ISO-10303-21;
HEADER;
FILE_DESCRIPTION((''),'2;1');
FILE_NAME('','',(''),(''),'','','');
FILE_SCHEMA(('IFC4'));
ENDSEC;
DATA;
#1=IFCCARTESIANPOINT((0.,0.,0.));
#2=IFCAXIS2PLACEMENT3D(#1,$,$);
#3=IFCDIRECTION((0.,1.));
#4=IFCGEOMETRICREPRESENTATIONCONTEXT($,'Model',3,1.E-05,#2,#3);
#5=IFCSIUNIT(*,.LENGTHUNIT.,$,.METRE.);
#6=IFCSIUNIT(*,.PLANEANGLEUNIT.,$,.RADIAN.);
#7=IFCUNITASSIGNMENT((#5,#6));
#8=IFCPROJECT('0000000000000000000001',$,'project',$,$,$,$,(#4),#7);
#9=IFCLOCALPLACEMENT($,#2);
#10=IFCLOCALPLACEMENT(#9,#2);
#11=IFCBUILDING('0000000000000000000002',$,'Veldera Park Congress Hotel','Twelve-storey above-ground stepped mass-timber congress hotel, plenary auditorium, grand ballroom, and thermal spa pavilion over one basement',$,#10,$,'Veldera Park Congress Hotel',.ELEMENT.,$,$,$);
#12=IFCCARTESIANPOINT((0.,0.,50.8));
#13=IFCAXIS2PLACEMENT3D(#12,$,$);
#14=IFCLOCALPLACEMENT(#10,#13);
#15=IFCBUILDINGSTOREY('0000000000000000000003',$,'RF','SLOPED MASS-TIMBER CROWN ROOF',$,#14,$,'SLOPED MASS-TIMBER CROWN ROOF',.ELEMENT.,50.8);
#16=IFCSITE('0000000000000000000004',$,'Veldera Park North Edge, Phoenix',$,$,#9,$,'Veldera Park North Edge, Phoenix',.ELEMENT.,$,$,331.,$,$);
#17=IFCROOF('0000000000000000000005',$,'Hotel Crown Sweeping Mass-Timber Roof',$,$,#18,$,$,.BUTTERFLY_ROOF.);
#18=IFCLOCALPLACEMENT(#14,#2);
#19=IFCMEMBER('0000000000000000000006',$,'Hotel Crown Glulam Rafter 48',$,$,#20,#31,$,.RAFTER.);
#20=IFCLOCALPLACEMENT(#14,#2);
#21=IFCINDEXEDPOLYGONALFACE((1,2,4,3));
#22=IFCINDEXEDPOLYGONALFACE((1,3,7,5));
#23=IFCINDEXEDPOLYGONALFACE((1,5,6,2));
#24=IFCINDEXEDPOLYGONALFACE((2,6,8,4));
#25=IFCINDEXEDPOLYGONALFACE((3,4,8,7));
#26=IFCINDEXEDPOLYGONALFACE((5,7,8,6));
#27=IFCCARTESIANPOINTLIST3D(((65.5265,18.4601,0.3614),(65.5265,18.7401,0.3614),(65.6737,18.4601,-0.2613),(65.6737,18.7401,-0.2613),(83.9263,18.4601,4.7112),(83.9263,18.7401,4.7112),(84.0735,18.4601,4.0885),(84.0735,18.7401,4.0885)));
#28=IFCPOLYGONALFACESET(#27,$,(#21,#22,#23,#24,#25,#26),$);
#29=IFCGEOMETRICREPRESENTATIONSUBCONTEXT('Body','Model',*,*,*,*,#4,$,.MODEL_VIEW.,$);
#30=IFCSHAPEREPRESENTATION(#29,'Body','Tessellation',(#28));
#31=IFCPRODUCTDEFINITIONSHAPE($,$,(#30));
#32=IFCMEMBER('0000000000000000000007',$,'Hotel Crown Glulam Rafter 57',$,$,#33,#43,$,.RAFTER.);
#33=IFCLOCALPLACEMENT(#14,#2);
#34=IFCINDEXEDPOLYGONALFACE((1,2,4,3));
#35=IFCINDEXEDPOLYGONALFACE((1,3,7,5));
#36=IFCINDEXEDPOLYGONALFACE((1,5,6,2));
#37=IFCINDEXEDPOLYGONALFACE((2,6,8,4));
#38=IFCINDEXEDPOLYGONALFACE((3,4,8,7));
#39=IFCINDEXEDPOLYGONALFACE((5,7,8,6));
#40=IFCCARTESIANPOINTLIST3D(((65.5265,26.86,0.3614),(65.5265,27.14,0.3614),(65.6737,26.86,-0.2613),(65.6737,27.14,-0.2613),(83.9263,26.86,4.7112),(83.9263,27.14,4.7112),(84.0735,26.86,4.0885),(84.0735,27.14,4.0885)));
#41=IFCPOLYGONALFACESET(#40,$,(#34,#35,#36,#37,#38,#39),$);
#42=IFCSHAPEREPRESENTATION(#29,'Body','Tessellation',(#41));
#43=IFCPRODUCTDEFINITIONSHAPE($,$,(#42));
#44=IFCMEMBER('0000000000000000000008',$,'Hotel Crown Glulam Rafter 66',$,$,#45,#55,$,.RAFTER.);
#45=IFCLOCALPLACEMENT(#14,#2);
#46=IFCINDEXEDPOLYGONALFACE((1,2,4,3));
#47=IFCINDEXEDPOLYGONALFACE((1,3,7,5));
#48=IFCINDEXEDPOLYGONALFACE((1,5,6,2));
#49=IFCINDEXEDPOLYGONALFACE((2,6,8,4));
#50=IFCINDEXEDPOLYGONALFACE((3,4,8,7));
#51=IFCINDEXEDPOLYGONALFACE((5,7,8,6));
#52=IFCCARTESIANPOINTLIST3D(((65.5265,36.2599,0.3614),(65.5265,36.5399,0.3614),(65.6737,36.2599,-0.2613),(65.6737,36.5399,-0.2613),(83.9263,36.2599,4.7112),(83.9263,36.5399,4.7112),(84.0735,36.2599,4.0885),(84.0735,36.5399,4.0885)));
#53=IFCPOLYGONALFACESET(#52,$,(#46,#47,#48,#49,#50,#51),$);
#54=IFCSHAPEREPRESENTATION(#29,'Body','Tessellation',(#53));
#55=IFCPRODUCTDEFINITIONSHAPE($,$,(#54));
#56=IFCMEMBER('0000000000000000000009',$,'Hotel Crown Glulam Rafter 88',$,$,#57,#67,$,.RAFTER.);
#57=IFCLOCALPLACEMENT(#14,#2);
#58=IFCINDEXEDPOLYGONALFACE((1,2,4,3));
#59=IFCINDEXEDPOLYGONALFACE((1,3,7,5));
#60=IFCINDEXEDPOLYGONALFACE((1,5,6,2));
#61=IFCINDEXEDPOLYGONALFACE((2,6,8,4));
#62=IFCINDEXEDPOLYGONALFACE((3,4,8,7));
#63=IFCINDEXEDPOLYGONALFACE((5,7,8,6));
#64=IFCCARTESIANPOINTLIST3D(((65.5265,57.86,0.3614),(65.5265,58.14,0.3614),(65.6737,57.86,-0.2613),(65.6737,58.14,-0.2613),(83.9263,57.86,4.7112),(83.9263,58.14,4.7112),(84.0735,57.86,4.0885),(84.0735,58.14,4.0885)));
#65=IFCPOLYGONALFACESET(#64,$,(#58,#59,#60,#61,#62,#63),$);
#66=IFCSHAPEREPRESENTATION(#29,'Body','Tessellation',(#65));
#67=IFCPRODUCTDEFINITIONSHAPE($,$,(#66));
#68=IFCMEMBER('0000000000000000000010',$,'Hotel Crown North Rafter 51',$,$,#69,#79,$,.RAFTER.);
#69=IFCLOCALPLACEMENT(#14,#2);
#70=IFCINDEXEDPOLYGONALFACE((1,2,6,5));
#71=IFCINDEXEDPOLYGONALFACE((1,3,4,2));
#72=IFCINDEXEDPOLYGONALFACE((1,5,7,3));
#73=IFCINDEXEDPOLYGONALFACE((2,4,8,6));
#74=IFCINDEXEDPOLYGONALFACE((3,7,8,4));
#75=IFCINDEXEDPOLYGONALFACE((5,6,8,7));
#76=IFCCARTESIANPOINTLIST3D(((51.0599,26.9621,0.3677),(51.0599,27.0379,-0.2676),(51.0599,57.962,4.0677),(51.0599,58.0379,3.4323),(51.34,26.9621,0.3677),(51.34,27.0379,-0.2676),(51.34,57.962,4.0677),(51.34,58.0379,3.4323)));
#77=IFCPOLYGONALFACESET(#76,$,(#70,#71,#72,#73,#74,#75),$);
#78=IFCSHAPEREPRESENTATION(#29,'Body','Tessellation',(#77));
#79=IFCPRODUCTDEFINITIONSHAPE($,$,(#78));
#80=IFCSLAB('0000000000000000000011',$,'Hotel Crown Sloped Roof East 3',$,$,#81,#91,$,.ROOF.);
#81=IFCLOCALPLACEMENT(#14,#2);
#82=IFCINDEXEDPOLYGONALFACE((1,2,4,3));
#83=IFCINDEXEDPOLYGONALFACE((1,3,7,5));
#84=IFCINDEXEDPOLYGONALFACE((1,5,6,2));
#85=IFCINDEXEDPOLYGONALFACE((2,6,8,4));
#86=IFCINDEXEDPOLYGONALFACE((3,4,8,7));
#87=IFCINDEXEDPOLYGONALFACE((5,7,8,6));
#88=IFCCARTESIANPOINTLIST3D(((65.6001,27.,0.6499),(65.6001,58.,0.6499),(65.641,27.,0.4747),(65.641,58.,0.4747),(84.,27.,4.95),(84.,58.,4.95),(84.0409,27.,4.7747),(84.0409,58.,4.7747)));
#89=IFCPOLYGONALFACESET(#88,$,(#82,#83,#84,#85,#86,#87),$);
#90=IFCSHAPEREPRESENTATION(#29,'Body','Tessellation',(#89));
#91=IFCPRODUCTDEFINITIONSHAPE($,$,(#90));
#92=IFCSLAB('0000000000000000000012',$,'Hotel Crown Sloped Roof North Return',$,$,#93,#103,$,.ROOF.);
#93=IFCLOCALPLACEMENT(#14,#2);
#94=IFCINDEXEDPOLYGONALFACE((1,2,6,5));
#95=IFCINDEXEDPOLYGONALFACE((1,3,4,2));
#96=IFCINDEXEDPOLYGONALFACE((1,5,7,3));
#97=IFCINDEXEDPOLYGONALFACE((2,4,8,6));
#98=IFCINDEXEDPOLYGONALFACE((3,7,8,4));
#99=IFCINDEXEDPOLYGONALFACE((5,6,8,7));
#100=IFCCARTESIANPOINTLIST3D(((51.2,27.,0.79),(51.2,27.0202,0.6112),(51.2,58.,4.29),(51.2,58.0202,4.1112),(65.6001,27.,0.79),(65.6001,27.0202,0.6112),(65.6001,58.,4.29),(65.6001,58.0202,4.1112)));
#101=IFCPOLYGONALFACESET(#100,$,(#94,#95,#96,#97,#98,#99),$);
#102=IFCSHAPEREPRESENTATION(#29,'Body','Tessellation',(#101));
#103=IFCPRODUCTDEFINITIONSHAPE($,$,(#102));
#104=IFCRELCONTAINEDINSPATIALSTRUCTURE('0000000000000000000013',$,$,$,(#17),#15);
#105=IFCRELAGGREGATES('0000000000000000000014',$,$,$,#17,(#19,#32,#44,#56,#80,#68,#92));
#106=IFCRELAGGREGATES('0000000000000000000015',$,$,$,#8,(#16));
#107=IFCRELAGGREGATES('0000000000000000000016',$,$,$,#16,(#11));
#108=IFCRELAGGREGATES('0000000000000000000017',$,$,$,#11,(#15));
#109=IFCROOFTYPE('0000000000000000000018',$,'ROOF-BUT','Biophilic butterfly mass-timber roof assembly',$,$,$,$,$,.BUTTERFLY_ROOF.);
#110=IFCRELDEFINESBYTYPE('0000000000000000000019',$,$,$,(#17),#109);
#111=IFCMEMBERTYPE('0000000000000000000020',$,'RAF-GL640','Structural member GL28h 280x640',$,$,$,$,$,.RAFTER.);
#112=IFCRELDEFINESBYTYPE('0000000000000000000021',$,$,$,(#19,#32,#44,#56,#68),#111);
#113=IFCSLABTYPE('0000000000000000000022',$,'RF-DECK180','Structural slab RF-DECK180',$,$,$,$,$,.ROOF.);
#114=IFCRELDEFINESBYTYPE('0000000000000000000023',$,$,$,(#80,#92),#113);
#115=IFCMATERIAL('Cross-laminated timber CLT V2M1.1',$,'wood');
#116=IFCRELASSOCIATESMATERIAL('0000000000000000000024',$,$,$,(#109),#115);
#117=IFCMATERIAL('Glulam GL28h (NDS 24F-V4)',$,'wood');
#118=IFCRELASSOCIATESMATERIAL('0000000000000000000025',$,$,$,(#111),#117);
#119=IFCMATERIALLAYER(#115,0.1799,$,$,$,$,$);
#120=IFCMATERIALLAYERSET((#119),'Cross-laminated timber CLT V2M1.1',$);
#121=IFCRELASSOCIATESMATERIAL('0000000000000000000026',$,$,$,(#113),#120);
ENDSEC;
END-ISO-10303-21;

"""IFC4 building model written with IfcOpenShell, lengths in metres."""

from ifc_helpers import new_model, si_unit, direction, frame, origin, origin_2d, place, context, subcontext, project, spatial, polyline, rectangle, outline, extrude, material, layer, layer_set, material_profile, profile_set, type_object, element, aggregate, save


model = new_model("IFC4")

# Units and contexts
model_context = context("Model", 3, precision=1e-05, world=origin(), true_north=direction((0.0, 1.0)))
body_context = subcontext(model_context, "Body", "Model", "MODEL_VIEW")
ifc_project = project(units=[si_unit("LENGTHUNIT", "METRE"), si_unit("PLANEANGLEUNIT", "RADIAN")], contexts=[model_context])

# Site, building, storey
site_placement = place(None, origin())
site = spatial("IfcSite", under=ifc_project, at=site_placement, Name="Veldera Park North Edge, Phoenix", LongName="Veldera Park North Edge, Phoenix", CompositionType="ELEMENT", RefElevation=331.0)
building_placement = place(site_placement, origin())
building = spatial("IfcBuilding", under=site, at=building_placement, Name="Veldera Park Congress Hotel", Description="Twelve-storey above-ground stepped mass-timber congress hotel, plenary auditorium, grand ballroom, and thermal spa pavilion over one basement", LongName="Veldera Park Congress Hotel", CompositionType="ELEMENT")
storey_placement = place(building_placement, frame((0.0, 0.0, 50.8)))
storey = spatial("IfcBuildingStorey", under=building, at=storey_placement, Name="RF", Description="SLOPED MASS-TIMBER CROWN ROOF", LongName="SLOPED MASS-TIMBER CROWN ROOF", CompositionType="ELEMENT", Elevation=50.8)

# Shared definitions
ifc_material_1 = material(Name="Glulam GL28h (NDS 24F-V4)", Category="wood")

# Roof, members, slabs
ifc_material_2 = material(Name="Cross-laminated timber CLT V2M1.1", Category="wood")
roof_type = type_object("IfcRoofType", Name="ROOF-BUT", Description="Biophilic butterfly mass-timber roof assembly", PredefinedType="BUTTERFLY_ROOF", material=ifc_material_2)
roof_placement = place(storey_placement, origin())
roof = element("IfcRoof", 1, at=roof_placement, inside=storey, type_object=roof_type, Name="Hotel Crown Sweeping Mass-Timber Roof", PredefinedType="BUTTERFLY_ROOF")
ifc_material_profile_1 = material_profile(ifc_material_1, rectangle(XDim=0.28, YDim=0.6399, at=origin_2d()), Name="GL28h 280x640")
ifc_profile_set_1 = profile_set([ifc_material_profile_1], Name="Glulam GL28h (NDS 24F-V4)")
member_type = type_object("IfcMemberType", Name="RAF-GL640", Description="Structural member GL28h 280x640", PredefinedType="RAFTER", material=ifc_profile_set_1)
member_1_placement = place(storey_placement, frame((65.6001, 18.6001, 0.05), z_axis=(0.973175, 0.0, 0.230065), x_axis=(0.0, 1.0, 0.0)))
member_1 = element("IfcMember", 2, at=member_1_placement, type_object=member_type, Name="Hotel Crown Glulam Rafter 48", PredefinedType="RAFTER", context=body_context, shape_type="SweptSolid", body=[
    extrude(rectangle(XDim=0.28, YDim=0.6399, at=origin_2d()), origin(), (0.0, 0.0, 1.0), 18.907),
])
member_2_placement = place(storey_placement, frame((65.6001, 27.0, 0.05), z_axis=(0.973175, 0.0, 0.230065), x_axis=(0.0, 1.0, 0.0)))
member_2 = element("IfcMember", 3, at=member_2_placement, type_object=member_type, Name="Hotel Crown Glulam Rafter 57", PredefinedType="RAFTER", context=body_context, shape_type="SweptSolid", body=[
    extrude(rectangle(XDim=0.28, YDim=0.6399, at=origin_2d()), origin(), (0.0, 0.0, 1.0), 18.907),
])
member_3_placement = place(storey_placement, frame((65.6001, 36.3999, 0.05), z_axis=(0.973175, 0.0, 0.230065), x_axis=(0.0, 1.0, 0.0)))
member_3 = element("IfcMember", 4, at=member_3_placement, type_object=member_type, Name="Hotel Crown Glulam Rafter 66", PredefinedType="RAFTER", context=body_context, shape_type="SweptSolid", body=[
    extrude(rectangle(XDim=0.28, YDim=0.6399, at=origin_2d()), origin(), (0.0, 0.0, 1.0), 18.907),
])
member_4_placement = place(storey_placement, frame((65.6001, 58.0, 0.05), z_axis=(0.973175, 0.0, 0.230065), x_axis=(0.0, 1.0, 0.0)))
member_4 = element("IfcMember", 5, at=member_4_placement, type_object=member_type, Name="Hotel Crown Glulam Rafter 88", PredefinedType="RAFTER", context=body_context, shape_type="SweptSolid", body=[
    extrude(rectangle(XDim=0.28, YDim=0.6399, at=origin_2d()), origin(), (0.0, 0.0, 1.0), 18.907),
])
member_5_placement = place(storey_placement, frame((51.2, 27.0, 0.05), z_axis=(0.0, 0.992953, 0.118512), x_axis=(-1.0, 0.0, 0.0)))
member_5 = element("IfcMember", 6, at=member_5_placement, type_object=member_type, Name="Hotel Crown North Rafter 51", PredefinedType="RAFTER", context=body_context, shape_type="SweptSolid", body=[
    extrude(rectangle(XDim=0.28, YDim=0.6399, at=origin_2d()), origin(), (0.0, 0.0, 1.0), 31.22),
])
ifc_layer = layer(ifc_material_2, 0.1799)
ifc_layer_set = layer_set([ifc_layer], Name="Cross-laminated timber CLT V2M1.1")
slab_type = type_object("IfcSlabType", Name="RF-DECK180", Description="Structural slab RF-DECK180", PredefinedType="ROOF", material=ifc_layer_set)
slab_1_placement = place(storey_placement, frame((65.6001, 27.0, 0.6499), z_axis=(-0.227568, 0.0, 0.973762), x_axis=(0.973762, 0.0, 0.227568)))
slab_1 = element("IfcSlab", 7, at=slab_1_placement, type_object=slab_type, Name="Hotel Crown Sloped Roof East 3", PredefinedType="ROOF", context=body_context, shape_type="SweptSolid", body=[
    extrude(outline(polyline([(0.0, 0.0), (18.8957, 0.0), (18.8957, 31.0), (0.0, 31.0), (0.0, 0.0)])), origin(), (0.0, 0.0, -1.0), 0.1799),
])
slab_2_placement = place(storey_placement, frame((51.2, 27.0, 0.79), z_axis=(0.0, -0.11219, 0.993687), x_axis=(1.0, 0.0, 0.0)))
slab_2 = element("IfcSlab", 8, at=slab_2_placement, type_object=slab_type, Name="Hotel Crown Sloped Roof North Return", PredefinedType="ROOF", context=body_context, shape_type="SweptSolid", body=[
    extrude(outline(polyline([(0.0, 0.0), (14.4001, 0.0), (14.4001, 31.197), (0.0, 31.197), (0.0, 0.0)])), origin(), (0.0, 0.0, -1.0), 0.1799),
])
aggregate(roof, [member_1, member_2, member_3, member_4, slab_1, member_5, slab_2])

save(model, "model.ifc")
